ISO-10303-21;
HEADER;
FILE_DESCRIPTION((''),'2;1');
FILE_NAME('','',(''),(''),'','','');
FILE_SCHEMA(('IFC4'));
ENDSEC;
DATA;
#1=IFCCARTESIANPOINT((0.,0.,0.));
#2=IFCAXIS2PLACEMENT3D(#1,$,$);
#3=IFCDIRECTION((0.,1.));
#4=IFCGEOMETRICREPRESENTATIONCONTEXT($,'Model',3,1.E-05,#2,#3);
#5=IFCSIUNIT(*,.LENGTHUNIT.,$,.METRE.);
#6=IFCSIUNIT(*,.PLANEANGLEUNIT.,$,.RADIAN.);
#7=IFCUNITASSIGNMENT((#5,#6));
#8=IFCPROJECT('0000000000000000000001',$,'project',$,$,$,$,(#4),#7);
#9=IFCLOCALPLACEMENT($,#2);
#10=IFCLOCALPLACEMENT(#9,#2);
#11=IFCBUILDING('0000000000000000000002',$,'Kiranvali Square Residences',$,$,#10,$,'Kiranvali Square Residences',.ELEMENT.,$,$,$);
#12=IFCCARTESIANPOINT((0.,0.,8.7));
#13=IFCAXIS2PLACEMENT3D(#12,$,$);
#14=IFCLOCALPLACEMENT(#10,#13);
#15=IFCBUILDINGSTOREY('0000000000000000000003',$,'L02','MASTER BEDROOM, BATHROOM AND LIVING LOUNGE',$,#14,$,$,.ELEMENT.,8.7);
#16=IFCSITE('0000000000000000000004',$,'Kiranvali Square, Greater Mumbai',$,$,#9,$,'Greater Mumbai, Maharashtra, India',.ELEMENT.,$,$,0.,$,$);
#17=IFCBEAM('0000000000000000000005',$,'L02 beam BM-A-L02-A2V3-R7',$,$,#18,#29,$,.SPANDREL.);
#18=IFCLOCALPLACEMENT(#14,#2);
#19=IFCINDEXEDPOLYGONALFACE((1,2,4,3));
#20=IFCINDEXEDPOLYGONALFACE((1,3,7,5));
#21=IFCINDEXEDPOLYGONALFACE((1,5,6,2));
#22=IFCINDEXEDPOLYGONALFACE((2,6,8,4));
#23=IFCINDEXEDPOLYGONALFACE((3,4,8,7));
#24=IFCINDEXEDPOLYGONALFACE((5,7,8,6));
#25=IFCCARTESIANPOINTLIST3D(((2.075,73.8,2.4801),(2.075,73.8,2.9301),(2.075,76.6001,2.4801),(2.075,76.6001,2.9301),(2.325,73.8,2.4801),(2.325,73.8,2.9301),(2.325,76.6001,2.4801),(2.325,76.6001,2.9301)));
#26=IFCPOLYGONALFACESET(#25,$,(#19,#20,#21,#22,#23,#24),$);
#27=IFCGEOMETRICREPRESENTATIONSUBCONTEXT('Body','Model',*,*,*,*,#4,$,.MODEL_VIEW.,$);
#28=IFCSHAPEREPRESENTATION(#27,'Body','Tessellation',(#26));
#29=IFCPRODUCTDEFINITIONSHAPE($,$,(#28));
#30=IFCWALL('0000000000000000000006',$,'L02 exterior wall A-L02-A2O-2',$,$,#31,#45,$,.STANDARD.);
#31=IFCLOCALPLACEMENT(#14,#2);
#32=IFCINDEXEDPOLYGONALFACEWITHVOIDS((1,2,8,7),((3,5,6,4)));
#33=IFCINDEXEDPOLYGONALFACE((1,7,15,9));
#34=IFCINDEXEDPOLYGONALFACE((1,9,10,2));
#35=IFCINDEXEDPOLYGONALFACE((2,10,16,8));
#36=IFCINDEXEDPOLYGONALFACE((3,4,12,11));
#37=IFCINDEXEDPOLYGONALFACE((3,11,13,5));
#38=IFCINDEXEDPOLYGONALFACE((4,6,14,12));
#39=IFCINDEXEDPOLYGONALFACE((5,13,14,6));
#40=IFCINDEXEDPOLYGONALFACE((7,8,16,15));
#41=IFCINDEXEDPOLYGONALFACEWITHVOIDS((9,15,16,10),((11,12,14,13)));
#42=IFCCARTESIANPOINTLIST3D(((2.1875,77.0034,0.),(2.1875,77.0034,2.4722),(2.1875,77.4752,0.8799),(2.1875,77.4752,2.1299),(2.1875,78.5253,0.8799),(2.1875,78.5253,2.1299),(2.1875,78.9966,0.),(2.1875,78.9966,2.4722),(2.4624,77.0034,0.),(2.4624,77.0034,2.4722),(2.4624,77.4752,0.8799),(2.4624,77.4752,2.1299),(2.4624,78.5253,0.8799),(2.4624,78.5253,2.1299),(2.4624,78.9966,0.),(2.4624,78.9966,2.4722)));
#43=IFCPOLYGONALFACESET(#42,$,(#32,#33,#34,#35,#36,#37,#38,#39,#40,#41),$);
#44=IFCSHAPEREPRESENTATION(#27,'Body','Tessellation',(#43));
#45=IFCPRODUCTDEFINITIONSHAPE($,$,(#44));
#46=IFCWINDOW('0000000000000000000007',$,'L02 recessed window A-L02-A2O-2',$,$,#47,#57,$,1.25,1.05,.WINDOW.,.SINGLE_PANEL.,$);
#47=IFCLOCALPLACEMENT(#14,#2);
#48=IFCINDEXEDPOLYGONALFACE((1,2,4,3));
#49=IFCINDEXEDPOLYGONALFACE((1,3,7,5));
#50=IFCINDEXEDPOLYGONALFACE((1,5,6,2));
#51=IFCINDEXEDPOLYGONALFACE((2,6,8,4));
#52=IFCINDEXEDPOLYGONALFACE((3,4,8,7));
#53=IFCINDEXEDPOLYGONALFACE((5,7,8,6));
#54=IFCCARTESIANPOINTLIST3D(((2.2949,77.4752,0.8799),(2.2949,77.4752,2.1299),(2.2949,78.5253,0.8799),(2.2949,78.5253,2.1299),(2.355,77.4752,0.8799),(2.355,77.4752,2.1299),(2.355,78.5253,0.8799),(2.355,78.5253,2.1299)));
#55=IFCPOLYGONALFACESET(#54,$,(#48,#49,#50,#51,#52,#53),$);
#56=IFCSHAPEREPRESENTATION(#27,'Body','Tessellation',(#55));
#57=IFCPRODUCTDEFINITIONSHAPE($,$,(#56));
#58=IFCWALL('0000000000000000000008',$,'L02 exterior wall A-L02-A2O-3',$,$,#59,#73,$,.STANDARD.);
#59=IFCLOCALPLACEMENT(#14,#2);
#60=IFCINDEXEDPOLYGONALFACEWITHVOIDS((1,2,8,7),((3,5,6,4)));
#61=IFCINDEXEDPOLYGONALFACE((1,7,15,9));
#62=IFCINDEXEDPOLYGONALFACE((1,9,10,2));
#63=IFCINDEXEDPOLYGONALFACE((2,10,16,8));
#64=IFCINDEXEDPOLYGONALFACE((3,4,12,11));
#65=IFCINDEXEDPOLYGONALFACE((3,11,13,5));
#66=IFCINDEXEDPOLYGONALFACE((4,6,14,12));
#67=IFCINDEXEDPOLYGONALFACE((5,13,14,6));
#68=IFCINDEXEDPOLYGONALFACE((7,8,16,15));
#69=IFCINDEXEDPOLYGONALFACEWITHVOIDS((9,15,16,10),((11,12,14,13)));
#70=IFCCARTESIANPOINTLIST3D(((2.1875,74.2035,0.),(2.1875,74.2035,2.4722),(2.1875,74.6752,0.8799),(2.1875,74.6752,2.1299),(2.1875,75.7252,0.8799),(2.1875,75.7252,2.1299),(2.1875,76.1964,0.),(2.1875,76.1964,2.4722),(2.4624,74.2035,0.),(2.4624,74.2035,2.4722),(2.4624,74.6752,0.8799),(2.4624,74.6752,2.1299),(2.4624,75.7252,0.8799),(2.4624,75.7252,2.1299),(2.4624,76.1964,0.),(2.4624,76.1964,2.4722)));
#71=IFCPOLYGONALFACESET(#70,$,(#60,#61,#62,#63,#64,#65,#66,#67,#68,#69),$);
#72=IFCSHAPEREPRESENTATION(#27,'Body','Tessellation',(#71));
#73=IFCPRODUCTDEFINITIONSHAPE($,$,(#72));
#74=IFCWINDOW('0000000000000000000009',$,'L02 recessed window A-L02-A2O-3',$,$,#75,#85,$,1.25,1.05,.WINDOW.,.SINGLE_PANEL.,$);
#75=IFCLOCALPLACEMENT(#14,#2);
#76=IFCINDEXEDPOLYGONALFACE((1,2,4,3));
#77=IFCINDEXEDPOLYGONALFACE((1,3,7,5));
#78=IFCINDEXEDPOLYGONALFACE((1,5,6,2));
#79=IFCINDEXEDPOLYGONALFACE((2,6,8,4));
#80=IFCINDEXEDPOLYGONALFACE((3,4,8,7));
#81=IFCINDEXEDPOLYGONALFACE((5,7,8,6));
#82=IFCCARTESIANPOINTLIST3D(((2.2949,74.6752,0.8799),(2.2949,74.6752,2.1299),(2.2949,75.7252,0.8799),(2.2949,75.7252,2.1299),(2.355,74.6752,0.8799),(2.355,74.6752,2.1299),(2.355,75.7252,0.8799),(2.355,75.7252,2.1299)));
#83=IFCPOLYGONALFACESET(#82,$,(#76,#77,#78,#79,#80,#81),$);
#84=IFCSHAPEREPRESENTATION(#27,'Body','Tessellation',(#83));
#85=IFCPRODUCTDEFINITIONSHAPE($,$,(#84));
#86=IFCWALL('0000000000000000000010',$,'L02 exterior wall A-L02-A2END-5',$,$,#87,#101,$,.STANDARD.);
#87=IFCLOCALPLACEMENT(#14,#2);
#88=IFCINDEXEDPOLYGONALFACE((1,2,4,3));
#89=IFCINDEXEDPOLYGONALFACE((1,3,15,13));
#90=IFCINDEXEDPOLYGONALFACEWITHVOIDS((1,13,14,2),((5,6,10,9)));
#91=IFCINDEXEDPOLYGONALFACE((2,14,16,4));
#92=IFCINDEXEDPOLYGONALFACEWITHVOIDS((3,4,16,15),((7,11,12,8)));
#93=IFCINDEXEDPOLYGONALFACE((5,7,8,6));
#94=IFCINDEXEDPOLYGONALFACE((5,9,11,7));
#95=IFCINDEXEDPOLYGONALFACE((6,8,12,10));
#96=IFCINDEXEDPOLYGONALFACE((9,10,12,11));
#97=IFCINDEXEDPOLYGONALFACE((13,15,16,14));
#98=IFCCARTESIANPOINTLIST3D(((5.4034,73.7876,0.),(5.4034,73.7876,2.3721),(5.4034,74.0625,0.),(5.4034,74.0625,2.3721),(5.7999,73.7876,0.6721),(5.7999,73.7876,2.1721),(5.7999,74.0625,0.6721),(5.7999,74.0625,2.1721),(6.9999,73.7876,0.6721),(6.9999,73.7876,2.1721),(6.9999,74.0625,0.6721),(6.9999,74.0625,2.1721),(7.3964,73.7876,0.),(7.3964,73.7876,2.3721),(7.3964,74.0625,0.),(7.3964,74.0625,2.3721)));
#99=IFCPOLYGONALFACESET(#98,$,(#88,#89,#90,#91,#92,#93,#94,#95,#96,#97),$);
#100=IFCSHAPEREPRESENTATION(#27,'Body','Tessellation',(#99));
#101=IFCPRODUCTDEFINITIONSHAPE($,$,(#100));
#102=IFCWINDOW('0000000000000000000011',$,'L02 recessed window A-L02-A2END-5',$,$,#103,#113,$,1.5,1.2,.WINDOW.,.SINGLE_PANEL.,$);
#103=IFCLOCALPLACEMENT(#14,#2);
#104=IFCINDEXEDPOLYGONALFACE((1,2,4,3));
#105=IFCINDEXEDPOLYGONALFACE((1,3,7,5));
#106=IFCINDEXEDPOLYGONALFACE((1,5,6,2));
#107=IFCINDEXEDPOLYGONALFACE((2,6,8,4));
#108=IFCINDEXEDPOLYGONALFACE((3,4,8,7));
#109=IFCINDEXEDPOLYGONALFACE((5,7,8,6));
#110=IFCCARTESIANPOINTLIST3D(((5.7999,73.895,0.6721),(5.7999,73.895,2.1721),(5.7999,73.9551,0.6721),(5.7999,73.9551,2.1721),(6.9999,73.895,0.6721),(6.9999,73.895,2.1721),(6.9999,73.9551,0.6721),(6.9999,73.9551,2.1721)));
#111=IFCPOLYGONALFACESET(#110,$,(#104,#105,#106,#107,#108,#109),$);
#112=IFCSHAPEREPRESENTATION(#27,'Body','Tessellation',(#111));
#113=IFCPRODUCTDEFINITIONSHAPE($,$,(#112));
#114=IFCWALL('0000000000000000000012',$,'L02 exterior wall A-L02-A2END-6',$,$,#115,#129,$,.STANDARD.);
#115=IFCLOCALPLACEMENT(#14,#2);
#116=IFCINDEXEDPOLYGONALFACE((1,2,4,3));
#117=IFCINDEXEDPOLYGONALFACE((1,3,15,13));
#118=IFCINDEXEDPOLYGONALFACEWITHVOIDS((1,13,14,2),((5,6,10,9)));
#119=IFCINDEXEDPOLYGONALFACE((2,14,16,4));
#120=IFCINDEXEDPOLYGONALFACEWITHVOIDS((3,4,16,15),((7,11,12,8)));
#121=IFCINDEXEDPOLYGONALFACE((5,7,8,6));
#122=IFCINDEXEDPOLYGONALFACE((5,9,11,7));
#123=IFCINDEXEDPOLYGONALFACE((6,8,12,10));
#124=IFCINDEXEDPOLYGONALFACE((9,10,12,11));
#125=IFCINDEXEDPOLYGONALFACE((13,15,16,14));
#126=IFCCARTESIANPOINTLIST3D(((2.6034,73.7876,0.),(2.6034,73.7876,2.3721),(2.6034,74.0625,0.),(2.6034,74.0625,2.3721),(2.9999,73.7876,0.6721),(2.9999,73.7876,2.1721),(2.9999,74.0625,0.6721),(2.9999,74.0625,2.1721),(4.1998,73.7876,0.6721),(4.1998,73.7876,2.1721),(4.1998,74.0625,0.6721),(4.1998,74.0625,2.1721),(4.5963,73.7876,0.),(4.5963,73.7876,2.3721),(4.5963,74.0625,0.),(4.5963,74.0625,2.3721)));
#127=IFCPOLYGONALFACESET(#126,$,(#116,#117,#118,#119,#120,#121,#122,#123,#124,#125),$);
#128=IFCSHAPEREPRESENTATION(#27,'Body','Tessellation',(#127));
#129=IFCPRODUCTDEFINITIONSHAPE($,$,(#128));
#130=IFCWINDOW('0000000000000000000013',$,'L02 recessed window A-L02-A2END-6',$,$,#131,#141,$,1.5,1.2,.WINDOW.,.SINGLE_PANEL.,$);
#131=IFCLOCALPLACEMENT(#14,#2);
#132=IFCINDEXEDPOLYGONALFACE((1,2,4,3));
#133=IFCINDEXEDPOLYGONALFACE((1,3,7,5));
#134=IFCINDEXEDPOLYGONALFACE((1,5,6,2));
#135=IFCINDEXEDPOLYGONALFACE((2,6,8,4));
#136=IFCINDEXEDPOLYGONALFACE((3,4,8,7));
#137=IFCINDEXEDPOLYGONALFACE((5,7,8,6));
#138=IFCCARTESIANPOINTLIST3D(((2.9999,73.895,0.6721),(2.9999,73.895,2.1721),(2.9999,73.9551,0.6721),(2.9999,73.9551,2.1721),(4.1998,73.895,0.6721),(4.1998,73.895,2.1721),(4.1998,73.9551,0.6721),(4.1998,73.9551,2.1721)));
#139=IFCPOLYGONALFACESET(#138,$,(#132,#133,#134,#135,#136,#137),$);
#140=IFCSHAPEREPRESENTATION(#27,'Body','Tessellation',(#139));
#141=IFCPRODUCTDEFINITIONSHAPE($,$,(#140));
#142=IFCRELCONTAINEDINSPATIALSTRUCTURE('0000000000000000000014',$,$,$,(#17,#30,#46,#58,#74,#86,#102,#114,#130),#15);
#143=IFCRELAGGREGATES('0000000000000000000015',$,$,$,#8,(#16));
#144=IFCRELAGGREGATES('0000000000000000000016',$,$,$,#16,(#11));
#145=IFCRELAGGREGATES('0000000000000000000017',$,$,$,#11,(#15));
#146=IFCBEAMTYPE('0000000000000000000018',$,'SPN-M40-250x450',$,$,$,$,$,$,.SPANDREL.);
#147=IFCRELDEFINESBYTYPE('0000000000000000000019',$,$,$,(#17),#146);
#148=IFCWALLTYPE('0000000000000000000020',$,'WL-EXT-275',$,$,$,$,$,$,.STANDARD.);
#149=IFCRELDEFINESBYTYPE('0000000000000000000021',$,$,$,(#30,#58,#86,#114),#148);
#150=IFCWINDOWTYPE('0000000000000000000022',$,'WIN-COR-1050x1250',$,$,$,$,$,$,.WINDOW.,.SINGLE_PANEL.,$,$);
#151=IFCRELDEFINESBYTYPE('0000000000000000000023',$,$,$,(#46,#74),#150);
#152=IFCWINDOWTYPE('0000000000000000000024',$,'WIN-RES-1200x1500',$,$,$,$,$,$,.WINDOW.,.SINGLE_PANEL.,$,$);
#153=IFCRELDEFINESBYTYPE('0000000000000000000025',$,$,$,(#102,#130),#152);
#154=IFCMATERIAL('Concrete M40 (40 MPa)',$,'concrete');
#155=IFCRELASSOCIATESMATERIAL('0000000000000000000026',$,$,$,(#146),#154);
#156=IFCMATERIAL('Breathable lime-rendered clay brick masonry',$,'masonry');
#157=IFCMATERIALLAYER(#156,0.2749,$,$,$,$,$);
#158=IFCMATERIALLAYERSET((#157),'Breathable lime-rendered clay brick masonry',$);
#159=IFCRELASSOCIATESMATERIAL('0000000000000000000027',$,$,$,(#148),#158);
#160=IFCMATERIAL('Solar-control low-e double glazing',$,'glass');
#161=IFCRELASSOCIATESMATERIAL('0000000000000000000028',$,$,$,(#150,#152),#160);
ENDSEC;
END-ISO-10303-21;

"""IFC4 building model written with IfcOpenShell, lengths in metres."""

from ifc_helpers import new_model, si_unit, direction, frame, frame_2d, origin, origin_2d, place, context, subcontext, project, spatial, rectangle, extrude, material, layer, layer_set, material_profile, profile_set, type_object, element, fill, save


model = new_model("IFC4")

# Units and contexts
model_context = context("Model", 3, precision=1e-05, world=origin(), true_north=direction((0.0, 1.0)))
body_context = subcontext(model_context, "Body", "Model", "MODEL_VIEW")
ifc_project = project(units=[si_unit("LENGTHUNIT", "METRE"), si_unit("PLANEANGLEUNIT", "RADIAN")], contexts=[model_context])

# Site, building, storey
site_placement = place(None, origin())
site = spatial("IfcSite", under=ifc_project, at=site_placement, Name="Kiranvali Square, Greater Mumbai", LongName="Greater Mumbai, Maharashtra, India", CompositionType="ELEMENT", RefElevation=0.0)
building_placement = place(site_placement, origin())
building = spatial("IfcBuilding", under=site, at=building_placement, Name="Kiranvali Square Residences", LongName="Kiranvali Square Residences", CompositionType="ELEMENT")
storey_placement = place(building_placement, frame((0.0, 0.0, 8.7)))
storey = spatial("IfcBuildingStorey", under=building, at=storey_placement, Name="L02", Description="MASTER BEDROOM, BATHROOM AND LIVING LOUNGE", CompositionType="ELEMENT", Elevation=8.7)

# Beam
ifc_material_1 = material(Name="Concrete M40 (40 MPa)", Category="concrete")
ifc_material_profile_1 = material_profile(ifc_material_1, rectangle(XDim=0.25, YDim=0.45, at=origin_2d()), Name="RC 250x450")
ifc_profile_set_1 = profile_set([ifc_material_profile_1], Name="Concrete M40 (40 MPa)")
beam_type_1 = type_object("IfcBeamType", Name="SPN-M40-250x450", PredefinedType="SPANDREL", material=ifc_profile_set_1)
beam_placement = place(storey_placement, frame((2.2, 76.6001, 2.7051), z_axis=(0.0, -1.0, 0.0), x_axis=(1.0, 0.0, 0.0)))
element("IfcBeam", 1, at=beam_placement, inside=storey, type_object=beam_type_1, Name="L02 beam BM-A-L02-A2V3-R7", PredefinedType="SPANDREL", context=body_context, shape_type="SweptSolid", body=[
    extrude(rectangle(XDim=0.25, YDim=0.45, at=origin_2d()), origin(), (0.0, 0.0, 1.0), 2.8),
])

# Walls, openings, windows
ifc_material_2 = material(Name="Breathable lime-rendered clay brick masonry", Category="masonry")
ifc_layer = layer(ifc_material_2, 0.2749)
ifc_layer_set = layer_set([ifc_layer], Name="Breathable lime-rendered clay brick masonry")
wall_type = type_object("IfcWallType", Name="WL-EXT-275", PredefinedType="STANDARD", material=ifc_layer_set)
wall_1_placement = place(storey_placement, frame((2.325, 78.9966, 0.0), z_axis=(0.0, 0.0, 1.0), x_axis=(0.0, -1.0, 0.0)))
wall_1 = element("IfcWall", 2, at=wall_1_placement, inside=storey, type_object=wall_type, Name="L02 exterior wall A-L02-A2O-2", PredefinedType="STANDARD", context=body_context, shape_type="SweptSolid", body=[
    extrude(rectangle(XDim=1.9932, YDim=0.2749, at=frame_2d((0.9966, 0.0))), origin(), (0.0, 0.0, 1.0), 2.4722),
])
opening_1_placement = place(wall_1_placement, frame((0.4714, 0.0, 0.8799)))
opening_1 = element("IfcOpeningElement", 3, at=opening_1_placement, cuts=wall_1, PredefinedType="OPENING", context=body_context, shape_type="SweptSolid", body=[
    extrude(rectangle(XDim=1.05, YDim=1.25, at=frame_2d((0.5249, 0.625))), frame((0.0, 0.1475, 0.0), z_axis=(0.0, -1.0, 0.0), x_axis=(1.0, 0.0, 0.0)), (0.0, 0.0, 1.0), 0.2949),
])
ifc_material_3 = material(Name="Solar-control low-e double glazing", Category="glass")
window_type_1 = type_object("IfcWindowType", Name="WIN-COR-1050x1250", PartitioningType="SINGLE_PANEL", PredefinedType="WINDOW", material=ifc_material_3)
window_1_placement = place(opening_1_placement, origin())
window_1 = element("IfcWindow", 4, at=window_1_placement, inside=storey, type_object=window_type_1, Name="L02 recessed window A-L02-A2O-2", OverallHeight=1.25, OverallWidth=1.05, PartitioningType="SINGLE_PANEL", PredefinedType="WINDOW", context=body_context, shape_type="SweptSolid", body=[
    extrude(rectangle(XDim=1.05, YDim=1.25, at=frame_2d((0.5249, 0.625))), frame((0.0, 0.03, 0.0), z_axis=(0.0, -1.0, 0.0), x_axis=(1.0, 0.0, 0.0)), (0.0, 0.0, 1.0), 0.0601),
])
fill(opening_1, window_1)
wall_2_placement = place(storey_placement, frame((2.325, 76.1965, 0.0), z_axis=(0.0, 0.0, 1.0), x_axis=(0.0, -1.0, 0.0)))
wall_2 = element("IfcWall", 5, at=wall_2_placement, inside=storey, type_object=wall_type, Name="L02 exterior wall A-L02-A2O-3", PredefinedType="STANDARD", context=body_context, shape_type="SweptSolid", body=[
    extrude(rectangle(XDim=1.9929, YDim=0.2749, at=frame_2d((0.9966, 0.0))), origin(), (0.0, 0.0, 1.0), 2.4722),
])
opening_2_placement = place(wall_2_placement, frame((0.4714, 0.0, 0.8799)))
opening_2 = element("IfcOpeningElement", 6, at=opening_2_placement, cuts=wall_2, PredefinedType="OPENING", context=body_context, shape_type="SweptSolid", body=[
    extrude(rectangle(XDim=1.05, YDim=1.25, at=frame_2d((0.5249, 0.625))), frame((0.0, 0.1475, 0.0), z_axis=(0.0, -1.0, 0.0), x_axis=(1.0, 0.0, 0.0)), (0.0, 0.0, 1.0), 0.2949),
])
window_2_placement = place(opening_2_placement, origin())
window_2 = element("IfcWindow", 7, at=window_2_placement, inside=storey, type_object=window_type_1, Name="L02 recessed window A-L02-A2O-3", OverallHeight=1.25, OverallWidth=1.05, PartitioningType="SINGLE_PANEL", PredefinedType="WINDOW", context=body_context, shape_type="SweptSolid", body=[
    extrude(rectangle(XDim=1.05, YDim=1.25, at=frame_2d((0.5249, 0.625))), frame((0.0, 0.03, 0.0), z_axis=(0.0, -1.0, 0.0), x_axis=(1.0, 0.0, 0.0)), (0.0, 0.0, 1.0), 0.0601),
])
fill(opening_2, window_2)
wall_3_placement = place(storey_placement, frame((7.3965, 73.925, 0.0), z_axis=(0.0, 0.0, 1.0), x_axis=(-1.0, 0.0, 0.0)))
wall_3 = element("IfcWall", 8, at=wall_3_placement, inside=storey, type_object=wall_type, Name="L02 exterior wall A-L02-A2END-5", PredefinedType="STANDARD", context=body_context, shape_type="SweptSolid", body=[
    extrude(rectangle(XDim=1.9929, YDim=0.2749, at=frame_2d((0.9966, 0.0))), origin(), (0.0, 0.0, 1.0), 2.3721),
])
opening_3_placement = place(wall_3_placement, frame((0.3965, 0.0, 0.6721)))
opening_3 = element("IfcOpeningElement", 9, at=opening_3_placement, cuts=wall_3, PredefinedType="OPENING", context=body_context, shape_type="SweptSolid", body=[
    extrude(rectangle(XDim=1.2, YDim=1.5, at=frame_2d((0.6001, 0.75))), frame((0.0, 0.1475, 0.0), z_axis=(0.0, -1.0, 0.0), x_axis=(1.0, 0.0, 0.0)), (0.0, 0.0, 1.0), 0.2949),
])
window_type_2 = type_object("IfcWindowType", Name="WIN-RES-1200x1500", PartitioningType="SINGLE_PANEL", PredefinedType="WINDOW", material=ifc_material_3)
window_3_placement = place(opening_3_placement, origin())
window_3 = element("IfcWindow", 10, at=window_3_placement, inside=storey, type_object=window_type_2, Name="L02 recessed window A-L02-A2END-5", OverallHeight=1.5, OverallWidth=1.2, PartitioningType="SINGLE_PANEL", PredefinedType="WINDOW", context=body_context, shape_type="SweptSolid", body=[
    extrude(rectangle(XDim=1.2, YDim=1.5, at=frame_2d((0.6001, 0.75))), frame((0.0, 0.03, 0.0), z_axis=(0.0, -1.0, 0.0), x_axis=(1.0, 0.0, 0.0)), (0.0, 0.0, 1.0), 0.0601),
])
fill(opening_3, window_3)
wall_4_placement = place(storey_placement, frame((4.5964, 73.925, 0.0), z_axis=(0.0, 0.0, 1.0), x_axis=(-1.0, 0.0, 0.0)))
wall_4 = element("IfcWall", 11, at=wall_4_placement, inside=storey, type_object=wall_type, Name="L02 exterior wall A-L02-A2END-6", PredefinedType="STANDARD", context=body_context, shape_type="SweptSolid", body=[
    extrude(rectangle(XDim=1.9929, YDim=0.2749, at=frame_2d((0.9966, 0.0))), origin(), (0.0, 0.0, 1.0), 2.3721),
])
opening_4_placement = place(wall_4_placement, frame((0.3965, 0.0, 0.6721)))
opening_4 = element("IfcOpeningElement", 12, at=opening_4_placement, cuts=wall_4, PredefinedType="OPENING", context=body_context, shape_type="SweptSolid", body=[
    extrude(rectangle(XDim=1.2, YDim=1.5, at=frame_2d((0.6001, 0.75))), frame((0.0, 0.1475, 0.0), z_axis=(0.0, -1.0, 0.0), x_axis=(1.0, 0.0, 0.0)), (0.0, 0.0, 1.0), 0.2949),
])
window_4_placement = place(opening_4_placement, origin())
window_4 = element("IfcWindow", 13, at=window_4_placement, inside=storey, type_object=window_type_2, Name="L02 recessed window A-L02-A2END-6", OverallHeight=1.5, OverallWidth=1.2, PartitioningType="SINGLE_PANEL", PredefinedType="WINDOW", context=body_context, shape_type="SweptSolid", body=[
    extrude(rectangle(XDim=1.2, YDim=1.5, at=frame_2d((0.6001, 0.75))), frame((0.0, 0.03, 0.0), z_axis=(0.0, -1.0, 0.0), x_axis=(1.0, 0.0, 0.0)), (0.0, 0.0, 1.0), 0.0601),
])
fill(opening_4, window_4)

save(model, "model.ifc")
